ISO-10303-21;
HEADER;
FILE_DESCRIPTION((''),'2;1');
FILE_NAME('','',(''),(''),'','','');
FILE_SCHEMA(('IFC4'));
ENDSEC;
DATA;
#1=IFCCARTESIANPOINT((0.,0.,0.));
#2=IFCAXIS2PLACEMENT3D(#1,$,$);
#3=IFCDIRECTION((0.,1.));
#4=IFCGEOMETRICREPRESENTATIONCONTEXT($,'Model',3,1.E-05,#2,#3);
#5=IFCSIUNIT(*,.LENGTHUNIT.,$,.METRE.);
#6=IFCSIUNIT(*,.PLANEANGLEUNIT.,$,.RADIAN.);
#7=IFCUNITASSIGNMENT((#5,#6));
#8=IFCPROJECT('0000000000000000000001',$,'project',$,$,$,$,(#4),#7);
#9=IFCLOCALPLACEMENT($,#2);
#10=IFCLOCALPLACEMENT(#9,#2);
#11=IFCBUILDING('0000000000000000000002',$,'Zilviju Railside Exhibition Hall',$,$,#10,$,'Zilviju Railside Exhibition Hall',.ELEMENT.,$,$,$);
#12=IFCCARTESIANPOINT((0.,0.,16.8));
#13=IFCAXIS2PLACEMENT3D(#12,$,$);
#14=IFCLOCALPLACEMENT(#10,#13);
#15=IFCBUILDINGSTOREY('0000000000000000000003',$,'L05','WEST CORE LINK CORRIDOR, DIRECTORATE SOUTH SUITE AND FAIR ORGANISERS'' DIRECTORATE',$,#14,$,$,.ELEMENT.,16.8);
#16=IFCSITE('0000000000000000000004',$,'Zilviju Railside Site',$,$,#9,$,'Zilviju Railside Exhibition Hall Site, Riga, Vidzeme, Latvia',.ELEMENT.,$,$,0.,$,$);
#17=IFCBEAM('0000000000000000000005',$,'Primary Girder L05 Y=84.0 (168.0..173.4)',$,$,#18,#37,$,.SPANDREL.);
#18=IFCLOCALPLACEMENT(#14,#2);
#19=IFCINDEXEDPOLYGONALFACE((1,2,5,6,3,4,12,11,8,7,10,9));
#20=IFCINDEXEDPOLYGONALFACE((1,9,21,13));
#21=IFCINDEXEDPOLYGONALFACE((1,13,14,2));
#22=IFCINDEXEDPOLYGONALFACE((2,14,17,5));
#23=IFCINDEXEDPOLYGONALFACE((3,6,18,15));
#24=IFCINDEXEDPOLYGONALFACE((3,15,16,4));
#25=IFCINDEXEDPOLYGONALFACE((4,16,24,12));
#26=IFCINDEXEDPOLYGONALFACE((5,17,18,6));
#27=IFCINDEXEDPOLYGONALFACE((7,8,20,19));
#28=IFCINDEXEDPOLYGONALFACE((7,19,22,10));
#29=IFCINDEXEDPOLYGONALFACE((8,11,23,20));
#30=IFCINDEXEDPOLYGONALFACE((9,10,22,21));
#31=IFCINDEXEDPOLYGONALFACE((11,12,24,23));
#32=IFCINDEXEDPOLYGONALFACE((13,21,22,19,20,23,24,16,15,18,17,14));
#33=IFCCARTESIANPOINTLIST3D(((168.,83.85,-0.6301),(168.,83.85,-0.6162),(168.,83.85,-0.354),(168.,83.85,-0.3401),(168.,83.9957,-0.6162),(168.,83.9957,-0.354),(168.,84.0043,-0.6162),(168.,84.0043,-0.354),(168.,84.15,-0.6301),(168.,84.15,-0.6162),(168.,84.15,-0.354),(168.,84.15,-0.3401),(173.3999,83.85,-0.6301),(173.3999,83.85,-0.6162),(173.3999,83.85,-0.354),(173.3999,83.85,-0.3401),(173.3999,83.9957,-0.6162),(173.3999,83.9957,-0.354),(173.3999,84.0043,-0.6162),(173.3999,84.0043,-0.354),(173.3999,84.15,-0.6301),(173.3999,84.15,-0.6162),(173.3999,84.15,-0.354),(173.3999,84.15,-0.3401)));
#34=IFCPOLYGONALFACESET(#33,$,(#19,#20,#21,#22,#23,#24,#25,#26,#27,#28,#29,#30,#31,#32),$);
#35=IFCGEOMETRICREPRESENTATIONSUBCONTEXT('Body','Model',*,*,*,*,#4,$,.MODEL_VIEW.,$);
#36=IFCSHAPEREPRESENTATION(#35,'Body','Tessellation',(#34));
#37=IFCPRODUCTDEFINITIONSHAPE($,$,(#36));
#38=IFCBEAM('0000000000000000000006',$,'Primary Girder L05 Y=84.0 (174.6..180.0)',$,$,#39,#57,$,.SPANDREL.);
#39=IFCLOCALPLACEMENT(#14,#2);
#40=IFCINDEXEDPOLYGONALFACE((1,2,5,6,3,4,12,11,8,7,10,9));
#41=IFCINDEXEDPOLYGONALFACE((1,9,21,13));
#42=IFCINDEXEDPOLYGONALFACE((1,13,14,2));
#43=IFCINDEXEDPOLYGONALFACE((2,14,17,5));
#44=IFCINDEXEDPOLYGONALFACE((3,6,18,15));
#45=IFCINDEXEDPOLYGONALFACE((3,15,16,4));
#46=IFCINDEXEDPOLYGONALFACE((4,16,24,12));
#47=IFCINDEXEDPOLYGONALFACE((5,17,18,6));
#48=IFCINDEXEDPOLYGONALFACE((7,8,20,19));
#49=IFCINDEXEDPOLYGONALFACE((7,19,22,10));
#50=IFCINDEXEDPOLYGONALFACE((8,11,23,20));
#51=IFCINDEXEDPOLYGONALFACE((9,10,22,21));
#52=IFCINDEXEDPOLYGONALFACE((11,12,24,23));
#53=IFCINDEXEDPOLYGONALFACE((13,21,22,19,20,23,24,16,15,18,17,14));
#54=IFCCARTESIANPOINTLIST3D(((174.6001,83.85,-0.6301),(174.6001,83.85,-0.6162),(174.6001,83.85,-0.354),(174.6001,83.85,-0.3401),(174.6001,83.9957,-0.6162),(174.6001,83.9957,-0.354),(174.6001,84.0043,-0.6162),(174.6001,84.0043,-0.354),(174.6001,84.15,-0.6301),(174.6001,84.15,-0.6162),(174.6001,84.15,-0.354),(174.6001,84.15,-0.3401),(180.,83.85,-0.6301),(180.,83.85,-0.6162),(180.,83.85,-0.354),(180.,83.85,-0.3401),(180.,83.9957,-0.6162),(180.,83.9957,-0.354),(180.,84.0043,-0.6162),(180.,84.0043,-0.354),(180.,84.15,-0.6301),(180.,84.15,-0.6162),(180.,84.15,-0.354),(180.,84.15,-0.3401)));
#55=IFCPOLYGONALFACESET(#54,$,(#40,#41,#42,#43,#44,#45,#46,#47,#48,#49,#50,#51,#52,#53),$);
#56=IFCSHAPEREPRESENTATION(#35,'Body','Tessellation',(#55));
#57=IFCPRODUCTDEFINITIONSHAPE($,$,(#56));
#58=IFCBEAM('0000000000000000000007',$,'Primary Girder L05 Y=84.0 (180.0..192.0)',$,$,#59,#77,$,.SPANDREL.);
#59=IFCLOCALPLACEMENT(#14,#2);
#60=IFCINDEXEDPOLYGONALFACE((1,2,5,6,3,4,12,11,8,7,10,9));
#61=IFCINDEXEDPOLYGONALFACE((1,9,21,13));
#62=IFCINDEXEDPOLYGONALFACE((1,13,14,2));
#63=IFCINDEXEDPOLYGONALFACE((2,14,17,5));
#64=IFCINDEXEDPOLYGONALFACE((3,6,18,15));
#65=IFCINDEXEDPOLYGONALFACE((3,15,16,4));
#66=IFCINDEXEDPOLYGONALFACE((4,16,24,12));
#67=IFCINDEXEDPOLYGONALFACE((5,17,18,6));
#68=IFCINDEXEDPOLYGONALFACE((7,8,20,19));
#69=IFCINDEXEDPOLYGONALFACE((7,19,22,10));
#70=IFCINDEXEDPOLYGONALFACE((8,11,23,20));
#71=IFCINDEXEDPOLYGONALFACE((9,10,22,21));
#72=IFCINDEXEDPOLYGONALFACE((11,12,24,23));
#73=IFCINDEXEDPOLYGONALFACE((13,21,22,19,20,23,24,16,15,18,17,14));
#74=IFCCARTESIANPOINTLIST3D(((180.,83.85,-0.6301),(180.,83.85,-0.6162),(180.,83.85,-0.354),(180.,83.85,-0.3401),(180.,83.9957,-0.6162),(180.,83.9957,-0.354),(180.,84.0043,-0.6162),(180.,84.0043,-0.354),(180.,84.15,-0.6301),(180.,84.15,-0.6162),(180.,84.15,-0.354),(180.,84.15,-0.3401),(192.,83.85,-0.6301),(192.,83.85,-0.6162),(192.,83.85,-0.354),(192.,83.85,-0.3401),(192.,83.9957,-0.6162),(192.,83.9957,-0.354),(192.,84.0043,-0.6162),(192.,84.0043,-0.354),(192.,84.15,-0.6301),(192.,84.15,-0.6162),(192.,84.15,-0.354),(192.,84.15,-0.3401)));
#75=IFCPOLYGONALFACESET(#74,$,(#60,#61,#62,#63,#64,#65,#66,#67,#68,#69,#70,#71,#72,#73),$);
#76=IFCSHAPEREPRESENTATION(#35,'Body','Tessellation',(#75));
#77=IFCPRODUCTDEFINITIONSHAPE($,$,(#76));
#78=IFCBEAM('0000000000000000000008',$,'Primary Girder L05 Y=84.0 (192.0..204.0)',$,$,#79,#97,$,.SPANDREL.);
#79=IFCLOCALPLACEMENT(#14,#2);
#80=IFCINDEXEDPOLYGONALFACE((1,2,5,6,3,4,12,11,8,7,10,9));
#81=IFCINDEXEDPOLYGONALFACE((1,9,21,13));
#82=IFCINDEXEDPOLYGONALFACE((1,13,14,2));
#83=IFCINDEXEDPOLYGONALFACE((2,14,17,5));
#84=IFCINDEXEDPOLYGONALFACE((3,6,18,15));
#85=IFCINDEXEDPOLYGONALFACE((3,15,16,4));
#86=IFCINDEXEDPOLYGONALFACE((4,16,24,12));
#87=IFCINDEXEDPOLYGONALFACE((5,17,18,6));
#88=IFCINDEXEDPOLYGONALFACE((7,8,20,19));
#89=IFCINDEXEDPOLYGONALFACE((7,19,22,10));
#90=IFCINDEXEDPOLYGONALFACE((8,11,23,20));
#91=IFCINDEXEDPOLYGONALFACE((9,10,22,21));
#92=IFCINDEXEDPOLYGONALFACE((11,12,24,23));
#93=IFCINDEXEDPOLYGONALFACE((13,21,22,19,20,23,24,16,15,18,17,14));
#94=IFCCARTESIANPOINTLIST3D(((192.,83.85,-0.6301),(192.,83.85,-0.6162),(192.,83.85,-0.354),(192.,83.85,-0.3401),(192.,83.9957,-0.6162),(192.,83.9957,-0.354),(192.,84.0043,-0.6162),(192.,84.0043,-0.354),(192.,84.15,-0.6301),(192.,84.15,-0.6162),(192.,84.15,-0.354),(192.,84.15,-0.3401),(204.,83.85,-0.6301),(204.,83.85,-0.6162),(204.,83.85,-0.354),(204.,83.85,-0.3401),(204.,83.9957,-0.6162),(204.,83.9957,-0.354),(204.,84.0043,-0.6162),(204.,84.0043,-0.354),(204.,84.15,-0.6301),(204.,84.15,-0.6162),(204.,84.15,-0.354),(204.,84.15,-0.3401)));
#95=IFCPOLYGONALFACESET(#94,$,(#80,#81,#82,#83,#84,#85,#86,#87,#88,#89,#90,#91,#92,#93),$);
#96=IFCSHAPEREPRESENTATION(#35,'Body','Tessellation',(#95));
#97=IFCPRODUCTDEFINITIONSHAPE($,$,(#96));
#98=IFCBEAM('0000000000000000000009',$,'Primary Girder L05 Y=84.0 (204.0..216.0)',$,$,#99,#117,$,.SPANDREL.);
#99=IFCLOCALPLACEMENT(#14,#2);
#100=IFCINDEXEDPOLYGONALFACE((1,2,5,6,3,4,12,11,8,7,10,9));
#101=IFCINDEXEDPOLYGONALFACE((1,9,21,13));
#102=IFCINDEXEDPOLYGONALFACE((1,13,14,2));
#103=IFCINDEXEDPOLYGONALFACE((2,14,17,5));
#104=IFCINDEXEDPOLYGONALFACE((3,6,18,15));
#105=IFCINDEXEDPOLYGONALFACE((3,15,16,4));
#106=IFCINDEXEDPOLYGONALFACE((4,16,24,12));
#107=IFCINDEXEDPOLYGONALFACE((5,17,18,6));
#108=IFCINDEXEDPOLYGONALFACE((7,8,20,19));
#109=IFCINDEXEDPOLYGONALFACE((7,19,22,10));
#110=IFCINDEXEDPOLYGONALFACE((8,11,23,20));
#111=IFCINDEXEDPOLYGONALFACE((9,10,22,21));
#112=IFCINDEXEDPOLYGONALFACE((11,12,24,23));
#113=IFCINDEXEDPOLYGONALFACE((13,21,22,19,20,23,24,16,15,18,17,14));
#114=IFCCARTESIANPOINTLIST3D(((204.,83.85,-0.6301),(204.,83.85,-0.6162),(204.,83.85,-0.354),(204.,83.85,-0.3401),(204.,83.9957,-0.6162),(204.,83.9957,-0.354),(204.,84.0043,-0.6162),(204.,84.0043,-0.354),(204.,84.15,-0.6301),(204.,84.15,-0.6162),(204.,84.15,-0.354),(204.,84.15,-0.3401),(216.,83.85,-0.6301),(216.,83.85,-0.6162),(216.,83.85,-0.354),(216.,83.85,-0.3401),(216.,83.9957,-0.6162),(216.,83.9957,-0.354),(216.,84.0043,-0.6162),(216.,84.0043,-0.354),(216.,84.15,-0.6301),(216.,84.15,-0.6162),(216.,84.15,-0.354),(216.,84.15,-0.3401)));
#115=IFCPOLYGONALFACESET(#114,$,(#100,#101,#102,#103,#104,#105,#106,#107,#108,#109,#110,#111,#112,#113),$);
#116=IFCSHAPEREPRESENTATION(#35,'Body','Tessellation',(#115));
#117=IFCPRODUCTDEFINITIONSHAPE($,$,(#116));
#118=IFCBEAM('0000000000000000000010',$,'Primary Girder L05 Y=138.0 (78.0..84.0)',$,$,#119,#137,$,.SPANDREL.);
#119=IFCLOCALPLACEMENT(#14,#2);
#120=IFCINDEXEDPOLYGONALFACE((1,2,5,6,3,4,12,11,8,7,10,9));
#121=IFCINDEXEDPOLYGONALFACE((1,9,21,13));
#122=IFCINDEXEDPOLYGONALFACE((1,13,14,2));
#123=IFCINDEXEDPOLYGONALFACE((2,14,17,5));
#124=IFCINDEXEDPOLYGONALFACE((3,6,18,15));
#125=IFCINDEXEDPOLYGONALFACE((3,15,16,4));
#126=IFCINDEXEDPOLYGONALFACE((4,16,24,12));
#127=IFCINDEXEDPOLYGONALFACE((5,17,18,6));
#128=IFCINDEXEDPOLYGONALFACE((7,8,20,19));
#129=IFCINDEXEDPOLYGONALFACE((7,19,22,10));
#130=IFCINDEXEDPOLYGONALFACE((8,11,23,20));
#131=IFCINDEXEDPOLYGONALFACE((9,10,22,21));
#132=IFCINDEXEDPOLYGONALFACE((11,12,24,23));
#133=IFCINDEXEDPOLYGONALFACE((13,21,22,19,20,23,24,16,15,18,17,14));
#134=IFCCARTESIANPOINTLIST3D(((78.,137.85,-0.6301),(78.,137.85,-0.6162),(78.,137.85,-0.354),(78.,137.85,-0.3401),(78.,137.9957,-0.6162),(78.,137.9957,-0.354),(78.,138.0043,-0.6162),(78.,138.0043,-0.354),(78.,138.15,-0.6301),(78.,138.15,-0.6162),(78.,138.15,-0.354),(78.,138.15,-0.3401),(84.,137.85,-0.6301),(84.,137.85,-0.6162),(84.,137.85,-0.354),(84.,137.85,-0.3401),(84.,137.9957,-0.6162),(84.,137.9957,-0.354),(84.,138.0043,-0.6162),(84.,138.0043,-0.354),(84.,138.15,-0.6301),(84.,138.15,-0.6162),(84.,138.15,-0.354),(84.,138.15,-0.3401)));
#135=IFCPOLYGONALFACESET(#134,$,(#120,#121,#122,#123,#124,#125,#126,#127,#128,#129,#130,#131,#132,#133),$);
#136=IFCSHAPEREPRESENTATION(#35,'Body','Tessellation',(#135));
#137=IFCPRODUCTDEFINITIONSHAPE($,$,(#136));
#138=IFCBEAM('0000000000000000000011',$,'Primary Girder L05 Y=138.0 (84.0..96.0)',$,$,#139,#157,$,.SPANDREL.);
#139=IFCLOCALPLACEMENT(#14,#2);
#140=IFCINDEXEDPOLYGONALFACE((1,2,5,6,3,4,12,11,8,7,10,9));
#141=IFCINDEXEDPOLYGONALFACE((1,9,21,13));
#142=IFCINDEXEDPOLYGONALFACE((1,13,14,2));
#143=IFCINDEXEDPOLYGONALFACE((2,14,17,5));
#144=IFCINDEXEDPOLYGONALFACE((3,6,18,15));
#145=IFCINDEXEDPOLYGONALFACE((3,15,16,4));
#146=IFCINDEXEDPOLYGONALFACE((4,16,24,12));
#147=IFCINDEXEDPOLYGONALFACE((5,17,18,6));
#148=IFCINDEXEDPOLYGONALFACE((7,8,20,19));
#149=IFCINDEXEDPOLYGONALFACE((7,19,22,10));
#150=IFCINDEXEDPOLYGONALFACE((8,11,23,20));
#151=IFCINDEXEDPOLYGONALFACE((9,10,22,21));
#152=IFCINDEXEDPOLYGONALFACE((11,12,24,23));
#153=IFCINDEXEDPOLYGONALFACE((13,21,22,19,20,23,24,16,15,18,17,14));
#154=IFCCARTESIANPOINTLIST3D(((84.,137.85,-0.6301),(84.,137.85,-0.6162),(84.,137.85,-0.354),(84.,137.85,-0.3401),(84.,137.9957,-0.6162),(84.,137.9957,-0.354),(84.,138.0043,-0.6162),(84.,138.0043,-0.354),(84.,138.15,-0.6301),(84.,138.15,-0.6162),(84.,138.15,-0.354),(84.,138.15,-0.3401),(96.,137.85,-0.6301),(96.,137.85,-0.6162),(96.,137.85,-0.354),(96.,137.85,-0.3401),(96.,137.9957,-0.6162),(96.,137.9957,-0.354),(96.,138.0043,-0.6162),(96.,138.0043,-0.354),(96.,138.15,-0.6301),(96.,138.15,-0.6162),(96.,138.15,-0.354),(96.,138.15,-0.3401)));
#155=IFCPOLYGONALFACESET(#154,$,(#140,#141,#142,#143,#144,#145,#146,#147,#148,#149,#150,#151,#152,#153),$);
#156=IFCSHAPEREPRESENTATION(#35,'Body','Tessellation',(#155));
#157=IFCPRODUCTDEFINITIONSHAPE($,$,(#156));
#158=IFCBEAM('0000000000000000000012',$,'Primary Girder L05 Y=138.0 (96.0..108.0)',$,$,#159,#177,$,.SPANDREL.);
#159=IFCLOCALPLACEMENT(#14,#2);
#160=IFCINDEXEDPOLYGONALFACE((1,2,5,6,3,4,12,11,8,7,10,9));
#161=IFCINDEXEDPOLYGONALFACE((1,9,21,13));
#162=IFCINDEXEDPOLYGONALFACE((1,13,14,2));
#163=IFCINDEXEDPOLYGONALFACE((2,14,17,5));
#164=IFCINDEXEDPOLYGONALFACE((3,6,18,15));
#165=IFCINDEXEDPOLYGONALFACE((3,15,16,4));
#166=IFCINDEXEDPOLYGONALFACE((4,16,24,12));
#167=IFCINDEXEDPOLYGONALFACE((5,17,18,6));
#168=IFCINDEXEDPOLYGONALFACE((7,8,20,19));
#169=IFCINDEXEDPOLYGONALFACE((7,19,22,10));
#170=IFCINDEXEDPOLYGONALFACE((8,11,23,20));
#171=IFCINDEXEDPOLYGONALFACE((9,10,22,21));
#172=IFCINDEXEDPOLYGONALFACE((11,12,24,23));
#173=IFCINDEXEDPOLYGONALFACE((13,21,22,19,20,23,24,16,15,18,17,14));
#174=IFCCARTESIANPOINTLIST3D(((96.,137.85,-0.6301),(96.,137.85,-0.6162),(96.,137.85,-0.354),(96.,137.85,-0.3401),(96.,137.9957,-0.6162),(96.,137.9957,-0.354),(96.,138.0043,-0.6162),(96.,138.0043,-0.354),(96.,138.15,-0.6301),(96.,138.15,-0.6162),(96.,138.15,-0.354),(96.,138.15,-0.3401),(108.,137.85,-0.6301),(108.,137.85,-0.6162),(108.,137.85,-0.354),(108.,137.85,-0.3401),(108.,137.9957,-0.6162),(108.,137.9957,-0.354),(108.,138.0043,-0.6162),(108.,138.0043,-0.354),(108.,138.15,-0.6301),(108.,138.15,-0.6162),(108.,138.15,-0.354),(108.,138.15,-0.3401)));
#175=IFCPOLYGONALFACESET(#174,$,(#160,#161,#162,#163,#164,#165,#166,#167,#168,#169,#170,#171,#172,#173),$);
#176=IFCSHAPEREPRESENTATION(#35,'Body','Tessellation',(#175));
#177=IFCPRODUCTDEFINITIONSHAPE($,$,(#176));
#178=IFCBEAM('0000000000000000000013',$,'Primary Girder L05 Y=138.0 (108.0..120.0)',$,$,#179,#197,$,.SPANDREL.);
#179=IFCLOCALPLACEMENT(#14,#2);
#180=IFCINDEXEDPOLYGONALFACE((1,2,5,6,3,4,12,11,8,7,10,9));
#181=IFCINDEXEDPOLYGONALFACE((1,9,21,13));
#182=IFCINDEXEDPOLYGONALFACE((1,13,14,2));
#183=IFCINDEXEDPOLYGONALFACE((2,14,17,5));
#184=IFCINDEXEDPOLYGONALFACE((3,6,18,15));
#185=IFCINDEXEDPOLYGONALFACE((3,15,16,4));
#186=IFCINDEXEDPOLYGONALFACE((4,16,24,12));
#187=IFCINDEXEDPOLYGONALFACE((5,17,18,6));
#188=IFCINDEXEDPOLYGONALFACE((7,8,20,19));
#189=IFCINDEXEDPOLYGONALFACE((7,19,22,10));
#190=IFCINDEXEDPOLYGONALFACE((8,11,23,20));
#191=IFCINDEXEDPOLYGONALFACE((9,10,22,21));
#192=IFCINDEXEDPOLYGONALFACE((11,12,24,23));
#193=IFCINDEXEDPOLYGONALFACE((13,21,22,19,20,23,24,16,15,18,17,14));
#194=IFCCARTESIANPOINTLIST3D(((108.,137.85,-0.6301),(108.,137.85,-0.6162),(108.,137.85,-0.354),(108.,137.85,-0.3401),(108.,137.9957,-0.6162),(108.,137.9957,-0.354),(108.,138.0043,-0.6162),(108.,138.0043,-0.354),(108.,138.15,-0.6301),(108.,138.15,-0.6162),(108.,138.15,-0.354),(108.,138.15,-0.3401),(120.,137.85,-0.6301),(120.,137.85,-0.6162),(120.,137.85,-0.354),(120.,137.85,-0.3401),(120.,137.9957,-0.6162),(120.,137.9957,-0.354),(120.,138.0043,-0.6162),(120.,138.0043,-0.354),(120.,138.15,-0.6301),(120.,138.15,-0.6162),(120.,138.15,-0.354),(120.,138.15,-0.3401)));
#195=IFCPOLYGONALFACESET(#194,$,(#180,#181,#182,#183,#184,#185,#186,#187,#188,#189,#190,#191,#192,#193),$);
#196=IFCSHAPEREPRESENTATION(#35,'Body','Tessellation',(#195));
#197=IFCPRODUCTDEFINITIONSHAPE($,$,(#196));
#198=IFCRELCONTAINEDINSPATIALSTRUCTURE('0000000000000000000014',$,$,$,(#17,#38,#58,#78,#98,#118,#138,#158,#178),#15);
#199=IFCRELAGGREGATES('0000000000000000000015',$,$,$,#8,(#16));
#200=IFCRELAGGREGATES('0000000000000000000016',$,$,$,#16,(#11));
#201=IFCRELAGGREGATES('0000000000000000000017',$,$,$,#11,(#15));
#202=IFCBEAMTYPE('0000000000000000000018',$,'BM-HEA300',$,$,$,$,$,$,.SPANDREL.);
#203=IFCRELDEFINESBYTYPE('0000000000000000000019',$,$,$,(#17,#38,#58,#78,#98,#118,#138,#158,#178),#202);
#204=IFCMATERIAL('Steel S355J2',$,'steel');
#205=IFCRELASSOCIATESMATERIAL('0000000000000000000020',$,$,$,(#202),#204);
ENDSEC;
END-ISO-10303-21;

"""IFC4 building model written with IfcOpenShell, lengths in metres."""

from ifc_helpers import new_model, si_unit, direction, frame, origin, origin_2d, place, context, subcontext, project, spatial, i_section, extrude, material, material_profile, profile_set, type_object, element, save


model = new_model("IFC4")

# Units and contexts
model_context = context("Model", 3, precision=1e-05, world=origin(), true_north=direction((0.0, 1.0)))
body_context = subcontext(model_context, "Body", "Model", "MODEL_VIEW")
ifc_project = project(units=[si_unit("LENGTHUNIT", "METRE"), si_unit("PLANEANGLEUNIT", "RADIAN")], contexts=[model_context])

# Site, building, storey
site_placement = place(None, origin())
site = spatial("IfcSite", under=ifc_project, at=site_placement, Name="Zilviju Railside Site", LongName="Zilviju Railside Exhibition Hall Site, Riga, Vidzeme, Latvia", CompositionType="ELEMENT", RefElevation=0.0)
building_placement = place(site_placement, origin())
building = spatial("IfcBuilding", under=site, at=building_placement, Name="Zilviju Railside Exhibition Hall", LongName="Zilviju Railside Exhibition Hall", CompositionType="ELEMENT")
storey_placement = place(building_placement, frame((0.0, 0.0, 16.8)))
storey = spatial("IfcBuildingStorey", under=building, at=storey_placement, Name="L05", Description="WEST CORE LINK CORRIDOR, DIRECTORATE SOUTH SUITE AND FAIR ORGANISERS' DIRECTORATE", CompositionType="ELEMENT", Elevation=16.8)

# Beams
ifc_material = material(Name="Steel S355J2", Category="steel")
ifc_material_profile_1 = material_profile(ifc_material, i_section(OverallWidth=0.3, OverallDepth=0.29, WebThickness=0.0085, FlangeThickness=0.0139, at=origin_2d()), Name="HEA 300")
ifc_profile_set_1 = profile_set([ifc_material_profile_1], Name="Steel S355J2")
beam_type_1 = type_object("IfcBeamType", Name="BM-HEA300", PredefinedType="SPANDREL", material=ifc_profile_set_1)
for number, where, z_axis, x_axis, name in (
    (1, (168.0, 84.0, -0.4851), (1.0, 0.0, 0.0), (0.0, 1.0, 0.0), "Primary Girder L05 Y=84.0 (168.0..173.4)"),
    (2, (174.6001, 84.0, -0.4851), (1.0, 0.0, 0.0), (0.0, 1.0, 0.0), "Primary Girder L05 Y=84.0 (174.6..180.0)"),
):
    element("IfcBeam", number, at=place(storey_placement, frame(where, z_axis=z_axis, x_axis=x_axis)), inside=storey, type_object=beam_type_1, Name=name, PredefinedType="SPANDREL", context=body_context, shape_type="SweptSolid", body=[
        extrude(i_section(OverallWidth=0.3, OverallDepth=0.29, WebThickness=0.0085, FlangeThickness=0.0139, at=origin_2d()), origin(), (0.0, 0.0, 1.0), 5.3999),
    ])
for number, where, z_axis, x_axis, name in (
    (3, (180.0, 84.0, -0.4851), (1.0, 0.0, 0.0), (0.0, 1.0, 0.0), "Primary Girder L05 Y=84.0 (180.0..192.0)"),
    (4, (192.0, 84.0, -0.4851), (1.0, 0.0, 0.0), (0.0, 1.0, 0.0), "Primary Girder L05 Y=84.0 (192.0..204.0)"),
    (5, (204.0, 84.0, -0.4851), (1.0, 0.0, 0.0), (0.0, 1.0, 0.0), "Primary Girder L05 Y=84.0 (204.0..216.0)"),
):
    element("IfcBeam", number, at=place(storey_placement, frame(where, z_axis=z_axis, x_axis=x_axis)), inside=storey, type_object=beam_type_1, Name=name, PredefinedType="SPANDREL", context=body_context, shape_type="SweptSolid", body=[
        extrude(i_section(OverallWidth=0.3, OverallDepth=0.29, WebThickness=0.0085, FlangeThickness=0.0139, at=origin_2d()), origin(), (0.0, 0.0, 1.0), 12.0),
    ])
beam_1_placement = place(storey_placement, frame((78.0, 138.0, -0.4851), z_axis=(1.0, 0.0, 0.0), x_axis=(0.0, 1.0, 0.0)))
element("IfcBeam", 6, at=beam_1_placement, inside=storey, type_object=beam_type_1, Name="Primary Girder L05 Y=138.0 (78.0..84.0)", PredefinedType="SPANDREL", context=body_context, shape_type="SweptSolid", body=[
    extrude(i_section(OverallWidth=0.3, OverallDepth=0.29, WebThickness=0.0085, FlangeThickness=0.0139, at=origin_2d()), origin(), (0.0, 0.0, 1.0), 6.0),
])
for number, where, z_axis, x_axis, name in (
    (7, (84.0, 138.0, -0.4851), (1.0, 0.0, 0.0), (0.0, 1.0, 0.0), "Primary Girder L05 Y=138.0 (84.0..96.0)"),
    (8, (96.0, 138.0, -0.4851), (1.0, 0.0, 0.0), (0.0, 1.0, 0.0), "Primary Girder L05 Y=138.0 (96.0..108.0)"),
    (9, (108.0, 138.0, -0.4851), (1.0, 0.0, 0.0), (0.0, 1.0, 0.0), "Primary Girder L05 Y=138.0 (108.0..120.0)"),
):
    element("IfcBeam", number, at=place(storey_placement, frame(where, z_axis=z_axis, x_axis=x_axis)), inside=storey, type_object=beam_type_1, Name=name, PredefinedType="SPANDREL", context=body_context, shape_type="SweptSolid", body=[
        extrude(i_section(OverallWidth=0.3, OverallDepth=0.29, WebThickness=0.0085, FlangeThickness=0.0139, at=origin_2d()), origin(), (0.0, 0.0, 1.0), 12.0),
    ])

save(model, "model.ifc")
